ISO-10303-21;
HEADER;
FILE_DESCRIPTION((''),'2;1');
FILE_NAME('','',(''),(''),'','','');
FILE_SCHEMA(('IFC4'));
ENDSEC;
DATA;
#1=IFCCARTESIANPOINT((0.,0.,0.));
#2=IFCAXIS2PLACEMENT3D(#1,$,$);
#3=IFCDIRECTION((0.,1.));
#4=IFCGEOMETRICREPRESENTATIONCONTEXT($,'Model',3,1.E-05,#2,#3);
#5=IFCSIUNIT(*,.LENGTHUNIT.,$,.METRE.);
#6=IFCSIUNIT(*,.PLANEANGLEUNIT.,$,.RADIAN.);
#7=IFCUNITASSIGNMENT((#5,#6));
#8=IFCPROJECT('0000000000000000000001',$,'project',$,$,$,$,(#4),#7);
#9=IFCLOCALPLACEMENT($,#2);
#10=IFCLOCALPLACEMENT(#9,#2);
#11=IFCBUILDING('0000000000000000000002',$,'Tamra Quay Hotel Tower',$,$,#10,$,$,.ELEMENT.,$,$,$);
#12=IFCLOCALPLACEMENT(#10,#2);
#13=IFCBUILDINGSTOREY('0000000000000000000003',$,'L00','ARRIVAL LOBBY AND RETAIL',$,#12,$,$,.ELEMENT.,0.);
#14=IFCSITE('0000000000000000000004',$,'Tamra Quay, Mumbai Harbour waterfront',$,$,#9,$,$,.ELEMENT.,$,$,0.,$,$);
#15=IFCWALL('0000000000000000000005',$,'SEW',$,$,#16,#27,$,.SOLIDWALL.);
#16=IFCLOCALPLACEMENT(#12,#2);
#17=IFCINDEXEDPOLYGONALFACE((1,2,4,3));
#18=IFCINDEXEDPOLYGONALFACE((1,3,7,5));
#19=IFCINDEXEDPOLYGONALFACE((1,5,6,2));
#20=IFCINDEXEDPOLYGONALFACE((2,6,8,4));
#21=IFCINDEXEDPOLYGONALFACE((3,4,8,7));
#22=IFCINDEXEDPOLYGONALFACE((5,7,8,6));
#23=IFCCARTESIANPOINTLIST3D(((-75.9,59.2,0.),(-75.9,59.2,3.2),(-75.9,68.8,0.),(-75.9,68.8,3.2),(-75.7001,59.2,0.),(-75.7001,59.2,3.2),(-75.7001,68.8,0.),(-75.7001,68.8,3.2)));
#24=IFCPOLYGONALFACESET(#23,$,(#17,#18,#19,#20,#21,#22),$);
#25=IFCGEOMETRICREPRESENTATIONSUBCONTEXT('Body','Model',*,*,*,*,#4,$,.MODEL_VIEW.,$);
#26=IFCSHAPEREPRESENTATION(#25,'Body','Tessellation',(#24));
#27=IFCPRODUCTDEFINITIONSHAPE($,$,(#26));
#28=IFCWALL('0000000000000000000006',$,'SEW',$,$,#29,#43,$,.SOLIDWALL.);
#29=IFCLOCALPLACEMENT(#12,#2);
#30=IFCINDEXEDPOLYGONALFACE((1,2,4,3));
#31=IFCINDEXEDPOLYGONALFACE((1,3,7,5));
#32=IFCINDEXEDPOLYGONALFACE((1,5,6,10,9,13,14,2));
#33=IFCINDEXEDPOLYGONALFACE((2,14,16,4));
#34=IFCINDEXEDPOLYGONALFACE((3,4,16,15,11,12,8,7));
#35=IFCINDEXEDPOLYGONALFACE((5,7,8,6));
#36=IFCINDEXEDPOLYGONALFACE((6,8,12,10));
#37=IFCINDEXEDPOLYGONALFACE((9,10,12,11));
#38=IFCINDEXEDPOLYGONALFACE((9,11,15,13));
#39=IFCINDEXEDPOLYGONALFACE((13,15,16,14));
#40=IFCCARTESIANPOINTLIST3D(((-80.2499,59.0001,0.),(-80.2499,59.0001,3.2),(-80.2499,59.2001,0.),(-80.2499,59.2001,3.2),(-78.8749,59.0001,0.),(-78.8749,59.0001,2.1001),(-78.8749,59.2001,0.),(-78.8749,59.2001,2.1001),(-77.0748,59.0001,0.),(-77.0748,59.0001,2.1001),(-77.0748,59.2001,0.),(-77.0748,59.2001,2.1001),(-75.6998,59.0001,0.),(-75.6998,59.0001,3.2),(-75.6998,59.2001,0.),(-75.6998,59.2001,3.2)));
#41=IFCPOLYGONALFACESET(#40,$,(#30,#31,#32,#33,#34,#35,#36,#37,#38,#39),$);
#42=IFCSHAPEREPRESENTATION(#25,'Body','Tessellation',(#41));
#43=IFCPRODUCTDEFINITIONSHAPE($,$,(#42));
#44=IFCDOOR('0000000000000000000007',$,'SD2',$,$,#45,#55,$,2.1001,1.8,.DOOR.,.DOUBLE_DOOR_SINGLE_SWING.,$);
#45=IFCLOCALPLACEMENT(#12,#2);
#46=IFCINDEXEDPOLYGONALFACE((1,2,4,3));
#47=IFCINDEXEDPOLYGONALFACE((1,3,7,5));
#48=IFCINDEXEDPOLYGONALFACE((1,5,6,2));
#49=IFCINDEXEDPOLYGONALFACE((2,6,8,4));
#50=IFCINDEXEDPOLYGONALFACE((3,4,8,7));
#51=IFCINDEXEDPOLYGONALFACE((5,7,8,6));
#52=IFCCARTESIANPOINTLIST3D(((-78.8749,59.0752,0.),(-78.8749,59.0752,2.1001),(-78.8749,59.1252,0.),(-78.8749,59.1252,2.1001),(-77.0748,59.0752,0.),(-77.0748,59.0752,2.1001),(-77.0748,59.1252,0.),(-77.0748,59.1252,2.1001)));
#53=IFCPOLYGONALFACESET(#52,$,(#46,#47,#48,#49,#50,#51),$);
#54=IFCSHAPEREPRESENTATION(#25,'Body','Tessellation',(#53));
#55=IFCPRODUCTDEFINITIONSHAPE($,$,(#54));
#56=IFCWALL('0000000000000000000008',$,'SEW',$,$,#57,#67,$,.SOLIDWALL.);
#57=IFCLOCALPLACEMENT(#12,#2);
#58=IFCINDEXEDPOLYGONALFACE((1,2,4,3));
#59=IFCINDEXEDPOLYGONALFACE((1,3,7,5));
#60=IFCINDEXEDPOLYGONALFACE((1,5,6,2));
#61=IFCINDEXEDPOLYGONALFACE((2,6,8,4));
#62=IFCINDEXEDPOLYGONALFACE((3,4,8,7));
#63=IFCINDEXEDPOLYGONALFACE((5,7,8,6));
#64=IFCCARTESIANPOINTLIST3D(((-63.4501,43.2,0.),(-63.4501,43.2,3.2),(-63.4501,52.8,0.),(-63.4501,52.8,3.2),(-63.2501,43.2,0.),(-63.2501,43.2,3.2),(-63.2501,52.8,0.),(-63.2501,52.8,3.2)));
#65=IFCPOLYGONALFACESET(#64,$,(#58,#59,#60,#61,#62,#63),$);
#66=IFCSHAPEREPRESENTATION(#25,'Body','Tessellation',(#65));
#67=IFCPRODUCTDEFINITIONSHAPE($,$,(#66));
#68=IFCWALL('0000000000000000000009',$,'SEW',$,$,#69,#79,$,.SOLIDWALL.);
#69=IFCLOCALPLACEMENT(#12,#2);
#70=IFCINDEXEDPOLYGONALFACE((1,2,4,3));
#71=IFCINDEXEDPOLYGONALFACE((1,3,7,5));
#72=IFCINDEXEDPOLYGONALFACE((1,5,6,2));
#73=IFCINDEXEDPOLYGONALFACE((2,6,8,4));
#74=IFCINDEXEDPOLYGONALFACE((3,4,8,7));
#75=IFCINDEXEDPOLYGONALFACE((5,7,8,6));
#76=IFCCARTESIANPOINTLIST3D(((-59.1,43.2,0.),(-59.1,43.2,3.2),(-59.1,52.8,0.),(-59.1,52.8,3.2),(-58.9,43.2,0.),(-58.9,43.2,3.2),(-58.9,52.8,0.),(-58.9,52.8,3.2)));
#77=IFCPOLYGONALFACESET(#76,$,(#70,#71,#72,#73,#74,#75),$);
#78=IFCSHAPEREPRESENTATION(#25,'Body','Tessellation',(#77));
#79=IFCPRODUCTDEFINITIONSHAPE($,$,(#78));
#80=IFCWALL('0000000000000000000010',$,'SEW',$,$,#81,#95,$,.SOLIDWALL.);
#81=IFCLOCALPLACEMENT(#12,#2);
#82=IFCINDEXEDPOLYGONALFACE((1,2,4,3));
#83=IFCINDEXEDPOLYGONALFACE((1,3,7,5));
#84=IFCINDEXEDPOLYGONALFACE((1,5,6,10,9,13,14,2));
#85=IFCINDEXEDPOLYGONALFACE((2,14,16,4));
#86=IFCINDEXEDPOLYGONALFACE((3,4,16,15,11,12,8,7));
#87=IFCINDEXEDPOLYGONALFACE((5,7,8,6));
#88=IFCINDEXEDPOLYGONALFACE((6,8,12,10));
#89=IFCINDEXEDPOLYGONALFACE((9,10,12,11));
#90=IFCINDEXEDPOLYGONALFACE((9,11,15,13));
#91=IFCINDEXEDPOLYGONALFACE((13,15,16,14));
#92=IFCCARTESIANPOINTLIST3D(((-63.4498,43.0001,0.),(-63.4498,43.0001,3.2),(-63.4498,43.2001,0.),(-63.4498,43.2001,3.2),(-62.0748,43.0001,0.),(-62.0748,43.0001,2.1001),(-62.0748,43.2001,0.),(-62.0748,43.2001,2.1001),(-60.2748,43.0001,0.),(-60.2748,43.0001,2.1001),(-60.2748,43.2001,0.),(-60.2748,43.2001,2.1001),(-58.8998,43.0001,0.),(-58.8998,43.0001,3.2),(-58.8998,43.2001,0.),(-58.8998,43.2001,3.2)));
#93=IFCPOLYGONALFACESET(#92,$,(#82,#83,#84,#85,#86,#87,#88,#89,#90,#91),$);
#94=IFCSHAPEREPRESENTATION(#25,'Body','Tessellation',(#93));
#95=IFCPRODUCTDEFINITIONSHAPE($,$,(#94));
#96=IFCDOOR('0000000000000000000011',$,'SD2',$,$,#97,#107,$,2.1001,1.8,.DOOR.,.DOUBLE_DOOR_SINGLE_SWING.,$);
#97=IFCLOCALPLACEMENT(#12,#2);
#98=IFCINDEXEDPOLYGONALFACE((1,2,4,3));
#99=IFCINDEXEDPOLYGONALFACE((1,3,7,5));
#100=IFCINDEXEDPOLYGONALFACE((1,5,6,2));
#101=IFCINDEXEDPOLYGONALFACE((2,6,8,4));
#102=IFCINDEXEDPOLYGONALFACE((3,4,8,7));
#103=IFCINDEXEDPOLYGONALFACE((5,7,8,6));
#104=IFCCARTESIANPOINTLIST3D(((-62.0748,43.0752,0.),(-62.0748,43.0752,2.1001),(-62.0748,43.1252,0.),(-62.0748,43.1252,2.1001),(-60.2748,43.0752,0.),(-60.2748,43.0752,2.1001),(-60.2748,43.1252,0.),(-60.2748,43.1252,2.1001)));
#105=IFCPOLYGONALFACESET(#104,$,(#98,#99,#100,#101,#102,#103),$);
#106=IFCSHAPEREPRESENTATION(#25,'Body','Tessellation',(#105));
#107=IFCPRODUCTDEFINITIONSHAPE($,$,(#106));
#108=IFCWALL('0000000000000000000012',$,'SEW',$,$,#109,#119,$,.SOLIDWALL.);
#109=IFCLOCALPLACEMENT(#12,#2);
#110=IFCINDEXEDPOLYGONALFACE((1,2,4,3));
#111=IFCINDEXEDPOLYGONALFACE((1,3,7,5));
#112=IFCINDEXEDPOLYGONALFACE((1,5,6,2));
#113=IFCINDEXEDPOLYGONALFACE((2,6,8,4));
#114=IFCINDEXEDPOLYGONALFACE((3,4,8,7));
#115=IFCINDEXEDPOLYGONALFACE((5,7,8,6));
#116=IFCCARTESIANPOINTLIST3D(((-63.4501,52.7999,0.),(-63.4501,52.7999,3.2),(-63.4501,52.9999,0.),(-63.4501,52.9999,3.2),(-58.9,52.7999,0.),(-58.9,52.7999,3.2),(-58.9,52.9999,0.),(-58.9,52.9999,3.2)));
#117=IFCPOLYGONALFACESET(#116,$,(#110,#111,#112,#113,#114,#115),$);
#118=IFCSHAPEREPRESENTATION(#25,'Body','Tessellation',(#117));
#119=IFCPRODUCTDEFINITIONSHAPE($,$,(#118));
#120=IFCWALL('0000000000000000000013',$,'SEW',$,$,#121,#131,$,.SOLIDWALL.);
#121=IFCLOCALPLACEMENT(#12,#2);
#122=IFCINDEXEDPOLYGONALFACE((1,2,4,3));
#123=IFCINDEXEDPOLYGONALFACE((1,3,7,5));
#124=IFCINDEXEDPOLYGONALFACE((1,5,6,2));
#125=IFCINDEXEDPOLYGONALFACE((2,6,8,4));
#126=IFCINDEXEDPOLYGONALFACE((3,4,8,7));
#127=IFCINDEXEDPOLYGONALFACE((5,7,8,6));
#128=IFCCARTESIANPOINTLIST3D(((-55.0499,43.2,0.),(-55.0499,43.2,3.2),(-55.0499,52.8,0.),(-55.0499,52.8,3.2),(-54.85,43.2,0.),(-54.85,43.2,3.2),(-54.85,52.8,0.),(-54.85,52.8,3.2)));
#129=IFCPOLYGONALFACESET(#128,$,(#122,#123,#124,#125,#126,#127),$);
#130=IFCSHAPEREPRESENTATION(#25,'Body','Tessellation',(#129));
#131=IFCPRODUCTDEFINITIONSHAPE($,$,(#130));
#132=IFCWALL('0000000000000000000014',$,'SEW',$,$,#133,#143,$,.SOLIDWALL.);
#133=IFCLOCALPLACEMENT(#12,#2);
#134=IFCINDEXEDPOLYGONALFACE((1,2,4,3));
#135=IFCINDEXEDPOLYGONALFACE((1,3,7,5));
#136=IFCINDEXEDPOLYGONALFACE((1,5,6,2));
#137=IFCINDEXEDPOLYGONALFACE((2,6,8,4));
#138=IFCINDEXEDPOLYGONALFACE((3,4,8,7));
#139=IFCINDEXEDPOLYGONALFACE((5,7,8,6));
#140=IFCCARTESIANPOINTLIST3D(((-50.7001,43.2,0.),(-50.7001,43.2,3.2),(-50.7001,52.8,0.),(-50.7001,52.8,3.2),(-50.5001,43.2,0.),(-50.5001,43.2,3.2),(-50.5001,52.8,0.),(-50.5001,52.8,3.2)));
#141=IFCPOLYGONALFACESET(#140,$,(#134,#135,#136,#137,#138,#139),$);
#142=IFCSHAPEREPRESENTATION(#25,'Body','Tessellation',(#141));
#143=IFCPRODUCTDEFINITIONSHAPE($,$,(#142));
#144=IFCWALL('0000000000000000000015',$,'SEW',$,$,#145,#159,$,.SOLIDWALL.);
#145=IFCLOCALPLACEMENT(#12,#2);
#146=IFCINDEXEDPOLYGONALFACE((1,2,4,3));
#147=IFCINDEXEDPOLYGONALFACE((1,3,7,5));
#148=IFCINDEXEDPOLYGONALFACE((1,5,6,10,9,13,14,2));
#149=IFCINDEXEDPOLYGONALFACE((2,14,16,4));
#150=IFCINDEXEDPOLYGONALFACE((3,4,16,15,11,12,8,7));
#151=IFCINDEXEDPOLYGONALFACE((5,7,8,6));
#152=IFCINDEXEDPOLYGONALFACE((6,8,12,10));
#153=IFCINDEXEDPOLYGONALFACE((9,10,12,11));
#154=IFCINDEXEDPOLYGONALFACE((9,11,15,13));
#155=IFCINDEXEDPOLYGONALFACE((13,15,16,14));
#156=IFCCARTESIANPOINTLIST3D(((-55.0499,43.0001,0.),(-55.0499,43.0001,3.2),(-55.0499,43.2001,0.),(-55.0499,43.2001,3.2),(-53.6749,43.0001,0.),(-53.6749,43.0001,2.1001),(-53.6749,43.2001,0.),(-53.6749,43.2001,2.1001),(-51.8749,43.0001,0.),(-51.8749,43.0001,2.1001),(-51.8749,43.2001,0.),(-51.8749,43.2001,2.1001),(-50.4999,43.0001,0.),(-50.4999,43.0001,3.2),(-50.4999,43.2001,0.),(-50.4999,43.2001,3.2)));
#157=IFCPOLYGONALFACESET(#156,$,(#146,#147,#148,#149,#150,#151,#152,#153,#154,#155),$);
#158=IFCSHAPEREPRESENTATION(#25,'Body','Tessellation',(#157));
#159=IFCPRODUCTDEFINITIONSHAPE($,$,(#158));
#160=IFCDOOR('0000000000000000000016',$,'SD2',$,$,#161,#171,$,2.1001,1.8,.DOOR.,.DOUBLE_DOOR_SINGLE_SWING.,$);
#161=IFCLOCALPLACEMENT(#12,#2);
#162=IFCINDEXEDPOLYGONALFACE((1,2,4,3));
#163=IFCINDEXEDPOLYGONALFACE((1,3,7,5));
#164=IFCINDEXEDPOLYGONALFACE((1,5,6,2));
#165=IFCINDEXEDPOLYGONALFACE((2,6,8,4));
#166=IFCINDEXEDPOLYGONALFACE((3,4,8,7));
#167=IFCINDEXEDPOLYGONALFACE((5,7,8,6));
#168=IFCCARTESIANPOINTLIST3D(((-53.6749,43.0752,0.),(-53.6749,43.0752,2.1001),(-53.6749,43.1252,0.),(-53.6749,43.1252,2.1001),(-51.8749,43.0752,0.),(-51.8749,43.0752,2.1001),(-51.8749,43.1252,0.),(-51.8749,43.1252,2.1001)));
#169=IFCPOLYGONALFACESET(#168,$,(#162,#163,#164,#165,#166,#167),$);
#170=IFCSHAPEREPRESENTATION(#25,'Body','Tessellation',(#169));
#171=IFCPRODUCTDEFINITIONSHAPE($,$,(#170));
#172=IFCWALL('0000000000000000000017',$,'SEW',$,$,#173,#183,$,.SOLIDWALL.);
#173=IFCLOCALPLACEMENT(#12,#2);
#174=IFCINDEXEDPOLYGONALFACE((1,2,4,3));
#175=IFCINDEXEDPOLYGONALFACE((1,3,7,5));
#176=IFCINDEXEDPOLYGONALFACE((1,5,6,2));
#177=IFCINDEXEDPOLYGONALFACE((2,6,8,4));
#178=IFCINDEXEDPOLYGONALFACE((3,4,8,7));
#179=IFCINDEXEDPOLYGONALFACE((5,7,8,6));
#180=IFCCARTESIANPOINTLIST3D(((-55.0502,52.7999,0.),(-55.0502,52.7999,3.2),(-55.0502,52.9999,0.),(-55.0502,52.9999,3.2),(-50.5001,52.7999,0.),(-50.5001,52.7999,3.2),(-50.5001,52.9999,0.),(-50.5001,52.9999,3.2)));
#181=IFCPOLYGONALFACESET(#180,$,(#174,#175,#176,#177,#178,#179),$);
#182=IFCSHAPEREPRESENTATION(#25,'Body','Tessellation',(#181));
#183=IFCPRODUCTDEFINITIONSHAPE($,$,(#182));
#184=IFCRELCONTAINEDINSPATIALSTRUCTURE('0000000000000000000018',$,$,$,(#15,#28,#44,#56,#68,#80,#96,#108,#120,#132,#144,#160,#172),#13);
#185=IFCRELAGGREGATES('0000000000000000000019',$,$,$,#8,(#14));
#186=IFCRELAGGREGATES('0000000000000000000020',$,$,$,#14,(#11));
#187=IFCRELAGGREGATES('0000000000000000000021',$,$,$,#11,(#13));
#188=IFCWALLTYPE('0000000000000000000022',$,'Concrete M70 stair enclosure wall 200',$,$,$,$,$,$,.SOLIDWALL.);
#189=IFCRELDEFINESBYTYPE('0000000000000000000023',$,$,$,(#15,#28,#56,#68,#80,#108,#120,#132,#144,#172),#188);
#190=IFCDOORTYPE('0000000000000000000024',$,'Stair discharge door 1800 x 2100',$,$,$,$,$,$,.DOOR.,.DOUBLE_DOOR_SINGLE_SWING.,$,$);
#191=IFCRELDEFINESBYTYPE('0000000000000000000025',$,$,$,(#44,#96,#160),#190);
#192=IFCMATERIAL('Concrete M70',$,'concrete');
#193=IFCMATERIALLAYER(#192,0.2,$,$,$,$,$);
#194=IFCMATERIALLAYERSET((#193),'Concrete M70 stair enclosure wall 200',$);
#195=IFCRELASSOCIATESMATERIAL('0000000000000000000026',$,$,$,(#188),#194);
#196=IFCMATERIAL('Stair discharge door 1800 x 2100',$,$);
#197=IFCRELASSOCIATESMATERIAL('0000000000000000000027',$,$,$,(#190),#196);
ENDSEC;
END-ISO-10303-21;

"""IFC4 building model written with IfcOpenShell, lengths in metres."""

from ifc_helpers import new_model, si_unit, direction, frame, frame_2d, origin, place, context, subcontext, project, spatial, rectangle, extrude, material, layer, layer_set, type_object, element, fill, save


model = new_model("IFC4")

# Units and contexts
model_context = context("Model", 3, precision=1e-05, world=origin(), true_north=direction((0.0, 1.0)))
body_context = subcontext(model_context, "Body", "Model", "MODEL_VIEW")
ifc_project = project(units=[si_unit("LENGTHUNIT", "METRE"), si_unit("PLANEANGLEUNIT", "RADIAN")], contexts=[model_context])

# Site, building, storey
site_placement = place(None, origin())
site = spatial("IfcSite", under=ifc_project, at=site_placement, Name="Tamra Quay, Mumbai Harbour waterfront", CompositionType="ELEMENT", RefElevation=0.0)
building_placement = place(site_placement, origin())
building = spatial("IfcBuilding", under=site, at=building_placement, Name="Tamra Quay Hotel Tower", CompositionType="ELEMENT")
storey_placement = place(building_placement, origin())
storey = spatial("IfcBuildingStorey", under=building, at=storey_placement, Name="L00", Description="ARRIVAL LOBBY AND RETAIL", CompositionType="ELEMENT", Elevation=0.0)

# Wall
ifc_material_1 = material(Name="Concrete M70", Category="concrete")
ifc_layer_1 = layer(ifc_material_1, 0.2)
ifc_layer_set_1 = layer_set([ifc_layer_1], Name="Concrete M70 stair enclosure wall 200")
wall_type = type_object("IfcWallType", Name="Concrete M70 stair enclosure wall 200", PredefinedType="SOLIDWALL", material=ifc_layer_set_1)
wall_1_placement = place(storey_placement, frame((-75.8, 59.2, 0.0), z_axis=(0.0, 0.0, 1.0), x_axis=(0.0, 1.0, 0.0)))
element("IfcWall", 1, at=wall_1_placement, inside=storey, type_object=wall_type, Name="SEW", PredefinedType="SOLIDWALL", context=body_context, shape_type="SweptSolid", body=[
    extrude(rectangle(XDim=9.6001, YDim=0.2, at=frame_2d((4.8, 0.0))), origin(), (0.0, 0.0, 1.0), 3.2),
])

# Wall, opening, door
wall_2_placement = place(storey_placement, frame((-75.7, 59.1001, 0.0), z_axis=(0.0, 0.0, 1.0), x_axis=(-1.0, 0.0, 0.0)))
wall_2 = element("IfcWall", 2, at=wall_2_placement, inside=storey, type_object=wall_type, Name="SEW", PredefinedType="SOLIDWALL", context=body_context, shape_type="SweptSolid", body=[
    extrude(rectangle(XDim=4.55, YDim=0.2, at=frame_2d((2.2749, 0.0))), origin(), (0.0, 0.0, 1.0), 3.2),
])
opening_1_placement = place(wall_2_placement, frame((1.375, 0.0, 0.0)))
opening_1 = element("IfcOpeningElement", 3, at=opening_1_placement, cuts=wall_2, PredefinedType="OPENING", context=body_context, shape_type="SweptSolid", body=[
    extrude(rectangle(XDim=1.8, YDim=2.1001, at=frame_2d((0.8999, 1.05))), frame((0.0, 0.1099, 0.0), z_axis=(0.0, -1.0, 0.0), x_axis=(1.0, 0.0, 0.0)), (0.0, 0.0, 1.0), 0.22),
])
ifc_material_2 = material(Name="Stair discharge door 1800 x 2100")
door_type = type_object("IfcDoorType", Name="Stair discharge door 1800 x 2100", OperationType="DOUBLE_DOOR_SINGLE_SWING", PredefinedType="DOOR", material=ifc_material_2)
door_1_placement = place(opening_1_placement, origin())
door_1 = element("IfcDoor", 4, at=door_1_placement, inside=storey, type_object=door_type, Name="SD2", OperationType="DOUBLE_DOOR_SINGLE_SWING", OverallHeight=2.1001, OverallWidth=1.8, PredefinedType="DOOR", context=body_context, shape_type="SweptSolid", body=[
    extrude(rectangle(XDim=1.8, YDim=2.1001, at=frame_2d((0.8999, 1.05))), frame((0.0, 0.0249, 0.0), z_axis=(0.0, -1.0, 0.0), x_axis=(1.0, 0.0, 0.0)), (0.0, 0.0, 1.0), 0.05),
])
fill(opening_1, door_1)

# Walls
for number, where, z_axis, x_axis, name in (
    (5, (-63.3501, 43.2, 0.0), (0.0, 0.0, 1.0), (0.0, 1.0, 0.0), "SEW"),
    (6, (-59.0, 43.2, 0.0), (0.0, 0.0, 1.0), (0.0, 1.0, 0.0), "SEW"),
):
    element("IfcWall", number, at=place(storey_placement, frame(where, z_axis=z_axis, x_axis=x_axis)), inside=storey, type_object=wall_type, Name=name, PredefinedType="SOLIDWALL", context=body_context, shape_type="SweptSolid", body=[
        extrude(rectangle(XDim=9.6001, YDim=0.2, at=frame_2d((4.8, 0.0))), origin(), (0.0, 0.0, 1.0), 3.2),
    ])

# Wall, opening, door
wall_3_placement = place(storey_placement, frame((-58.8999, 43.1001, 0.0), z_axis=(0.0, 0.0, 1.0), x_axis=(-1.0, 0.0, 0.0)))
wall_3 = element("IfcWall", 7, at=wall_3_placement, inside=storey, type_object=wall_type, Name="SEW", PredefinedType="SOLIDWALL", context=body_context, shape_type="SweptSolid", body=[
    extrude(rectangle(XDim=4.55, YDim=0.2, at=frame_2d((2.2749, 0.0))), origin(), (0.0, 0.0, 1.0), 3.2),
])
opening_2_placement = place(wall_3_placement, frame((1.375, 0.0, 0.0)))
opening_2 = element("IfcOpeningElement", 8, at=opening_2_placement, cuts=wall_3, PredefinedType="OPENING", context=body_context, shape_type="SweptSolid", body=[
    extrude(rectangle(XDim=1.8, YDim=2.1001, at=frame_2d((0.8999, 1.05))), frame((0.0, 0.1099, 0.0), z_axis=(0.0, -1.0, 0.0), x_axis=(1.0, 0.0, 0.0)), (0.0, 0.0, 1.0), 0.22),
])
door_2_placement = place(opening_2_placement, origin())
door_2 = element("IfcDoor", 9, at=door_2_placement, inside=storey, type_object=door_type, Name="SD2", OperationType="DOUBLE_DOOR_SINGLE_SWING", OverallHeight=2.1001, OverallWidth=1.8, PredefinedType="DOOR", context=body_context, shape_type="SweptSolid", body=[
    extrude(rectangle(XDim=1.8, YDim=2.1001, at=frame_2d((0.8999, 1.05))), frame((0.0, 0.0249, 0.0), z_axis=(0.0, -1.0, 0.0), x_axis=(1.0, 0.0, 0.0)), (0.0, 0.0, 1.0), 0.05),
])
fill(opening_2, door_2)

# Walls
wall_4_placement = place(storey_placement, frame((-63.45, 52.8999, 0.0), z_axis=(0.0, 0.0, 1.0), x_axis=(1.0, 0.0, 0.0)))
element("IfcWall", 10, at=wall_4_placement, inside=storey, type_object=wall_type, Name="SEW", PredefinedType="SOLIDWALL", context=body_context, shape_type="SweptSolid", body=[
    extrude(rectangle(XDim=4.55, YDim=0.2, at=frame_2d((2.2749, 0.0))), origin(), (0.0, 0.0, 1.0), 3.2),
])
for number, where, z_axis, x_axis, name in (
    (11, (-54.95, 43.2, 0.0), (0.0, 0.0, 1.0), (0.0, 1.0, 0.0), "SEW"),
    (12, (-50.6001, 43.2, 0.0), (0.0, 0.0, 1.0), (0.0, 1.0, 0.0), "SEW"),
):
    element("IfcWall", number, at=place(storey_placement, frame(where, z_axis=z_axis, x_axis=x_axis)), inside=storey, type_object=wall_type, Name=name, PredefinedType="SOLIDWALL", context=body_context, shape_type="SweptSolid", body=[
        extrude(rectangle(XDim=9.6001, YDim=0.2, at=frame_2d((4.8, 0.0))), origin(), (0.0, 0.0, 1.0), 3.2),
    ])

# Wall, opening, door
wall_5_placement = place(storey_placement, frame((-50.5, 43.1001, 0.0), z_axis=(0.0, 0.0, 1.0), x_axis=(-1.0, 0.0, 0.0)))
wall_5 = element("IfcWall", 13, at=wall_5_placement, inside=storey, type_object=wall_type, Name="SEW", PredefinedType="SOLIDWALL", context=body_context, shape_type="SweptSolid", body=[
    extrude(rectangle(XDim=4.55, YDim=0.2, at=frame_2d((2.2749, 0.0))), origin(), (0.0, 0.0, 1.0), 3.2),
])
opening_3_placement = place(wall_5_placement, frame((1.375, 0.0, 0.0)))
opening_3 = element("IfcOpeningElement", 14, at=opening_3_placement, cuts=wall_5, PredefinedType="OPENING", context=body_context, shape_type="SweptSolid", body=[
    extrude(rectangle(XDim=1.8, YDim=2.1001, at=frame_2d((0.8999, 1.05))), frame((0.0, 0.1099, 0.0), z_axis=(0.0, -1.0, 0.0), x_axis=(1.0, 0.0, 0.0)), (0.0, 0.0, 1.0), 0.22),
])
door_3_placement = place(opening_3_placement, origin())
door_3 = element("IfcDoor", 15, at=door_3_placement, inside=storey, type_object=door_type, Name="SD2", OperationType="DOUBLE_DOOR_SINGLE_SWING", OverallHeight=2.1001, OverallWidth=1.8, PredefinedType="DOOR", context=body_context, shape_type="SweptSolid", body=[
    extrude(rectangle(XDim=1.8, YDim=2.1001, at=frame_2d((0.8999, 1.05))), frame((0.0, 0.0249, 0.0), z_axis=(0.0, -1.0, 0.0), x_axis=(1.0, 0.0, 0.0)), (0.0, 0.0, 1.0), 0.05),
])
fill(opening_3, door_3)

# Wall
for number, where, z_axis, x_axis, name in (
    (16, (-55.05, 52.8999, 0.0), (0.0, 0.0, 1.0), (1.0, 0.0, 0.0), "SEW"),
):
    element("IfcWall", number, at=place(storey_placement, frame(where, z_axis=z_axis, x_axis=x_axis)), inside=storey, type_object=wall_type, Name=name, PredefinedType="SOLIDWALL", context=body_context, shape_type="SweptSolid", body=[
        extrude(rectangle(XDim=4.55, YDim=0.2, at=frame_2d((2.2749, 0.0))), origin(), (0.0, 0.0, 1.0), 3.2),
    ])

save(model, "model.ifc")
